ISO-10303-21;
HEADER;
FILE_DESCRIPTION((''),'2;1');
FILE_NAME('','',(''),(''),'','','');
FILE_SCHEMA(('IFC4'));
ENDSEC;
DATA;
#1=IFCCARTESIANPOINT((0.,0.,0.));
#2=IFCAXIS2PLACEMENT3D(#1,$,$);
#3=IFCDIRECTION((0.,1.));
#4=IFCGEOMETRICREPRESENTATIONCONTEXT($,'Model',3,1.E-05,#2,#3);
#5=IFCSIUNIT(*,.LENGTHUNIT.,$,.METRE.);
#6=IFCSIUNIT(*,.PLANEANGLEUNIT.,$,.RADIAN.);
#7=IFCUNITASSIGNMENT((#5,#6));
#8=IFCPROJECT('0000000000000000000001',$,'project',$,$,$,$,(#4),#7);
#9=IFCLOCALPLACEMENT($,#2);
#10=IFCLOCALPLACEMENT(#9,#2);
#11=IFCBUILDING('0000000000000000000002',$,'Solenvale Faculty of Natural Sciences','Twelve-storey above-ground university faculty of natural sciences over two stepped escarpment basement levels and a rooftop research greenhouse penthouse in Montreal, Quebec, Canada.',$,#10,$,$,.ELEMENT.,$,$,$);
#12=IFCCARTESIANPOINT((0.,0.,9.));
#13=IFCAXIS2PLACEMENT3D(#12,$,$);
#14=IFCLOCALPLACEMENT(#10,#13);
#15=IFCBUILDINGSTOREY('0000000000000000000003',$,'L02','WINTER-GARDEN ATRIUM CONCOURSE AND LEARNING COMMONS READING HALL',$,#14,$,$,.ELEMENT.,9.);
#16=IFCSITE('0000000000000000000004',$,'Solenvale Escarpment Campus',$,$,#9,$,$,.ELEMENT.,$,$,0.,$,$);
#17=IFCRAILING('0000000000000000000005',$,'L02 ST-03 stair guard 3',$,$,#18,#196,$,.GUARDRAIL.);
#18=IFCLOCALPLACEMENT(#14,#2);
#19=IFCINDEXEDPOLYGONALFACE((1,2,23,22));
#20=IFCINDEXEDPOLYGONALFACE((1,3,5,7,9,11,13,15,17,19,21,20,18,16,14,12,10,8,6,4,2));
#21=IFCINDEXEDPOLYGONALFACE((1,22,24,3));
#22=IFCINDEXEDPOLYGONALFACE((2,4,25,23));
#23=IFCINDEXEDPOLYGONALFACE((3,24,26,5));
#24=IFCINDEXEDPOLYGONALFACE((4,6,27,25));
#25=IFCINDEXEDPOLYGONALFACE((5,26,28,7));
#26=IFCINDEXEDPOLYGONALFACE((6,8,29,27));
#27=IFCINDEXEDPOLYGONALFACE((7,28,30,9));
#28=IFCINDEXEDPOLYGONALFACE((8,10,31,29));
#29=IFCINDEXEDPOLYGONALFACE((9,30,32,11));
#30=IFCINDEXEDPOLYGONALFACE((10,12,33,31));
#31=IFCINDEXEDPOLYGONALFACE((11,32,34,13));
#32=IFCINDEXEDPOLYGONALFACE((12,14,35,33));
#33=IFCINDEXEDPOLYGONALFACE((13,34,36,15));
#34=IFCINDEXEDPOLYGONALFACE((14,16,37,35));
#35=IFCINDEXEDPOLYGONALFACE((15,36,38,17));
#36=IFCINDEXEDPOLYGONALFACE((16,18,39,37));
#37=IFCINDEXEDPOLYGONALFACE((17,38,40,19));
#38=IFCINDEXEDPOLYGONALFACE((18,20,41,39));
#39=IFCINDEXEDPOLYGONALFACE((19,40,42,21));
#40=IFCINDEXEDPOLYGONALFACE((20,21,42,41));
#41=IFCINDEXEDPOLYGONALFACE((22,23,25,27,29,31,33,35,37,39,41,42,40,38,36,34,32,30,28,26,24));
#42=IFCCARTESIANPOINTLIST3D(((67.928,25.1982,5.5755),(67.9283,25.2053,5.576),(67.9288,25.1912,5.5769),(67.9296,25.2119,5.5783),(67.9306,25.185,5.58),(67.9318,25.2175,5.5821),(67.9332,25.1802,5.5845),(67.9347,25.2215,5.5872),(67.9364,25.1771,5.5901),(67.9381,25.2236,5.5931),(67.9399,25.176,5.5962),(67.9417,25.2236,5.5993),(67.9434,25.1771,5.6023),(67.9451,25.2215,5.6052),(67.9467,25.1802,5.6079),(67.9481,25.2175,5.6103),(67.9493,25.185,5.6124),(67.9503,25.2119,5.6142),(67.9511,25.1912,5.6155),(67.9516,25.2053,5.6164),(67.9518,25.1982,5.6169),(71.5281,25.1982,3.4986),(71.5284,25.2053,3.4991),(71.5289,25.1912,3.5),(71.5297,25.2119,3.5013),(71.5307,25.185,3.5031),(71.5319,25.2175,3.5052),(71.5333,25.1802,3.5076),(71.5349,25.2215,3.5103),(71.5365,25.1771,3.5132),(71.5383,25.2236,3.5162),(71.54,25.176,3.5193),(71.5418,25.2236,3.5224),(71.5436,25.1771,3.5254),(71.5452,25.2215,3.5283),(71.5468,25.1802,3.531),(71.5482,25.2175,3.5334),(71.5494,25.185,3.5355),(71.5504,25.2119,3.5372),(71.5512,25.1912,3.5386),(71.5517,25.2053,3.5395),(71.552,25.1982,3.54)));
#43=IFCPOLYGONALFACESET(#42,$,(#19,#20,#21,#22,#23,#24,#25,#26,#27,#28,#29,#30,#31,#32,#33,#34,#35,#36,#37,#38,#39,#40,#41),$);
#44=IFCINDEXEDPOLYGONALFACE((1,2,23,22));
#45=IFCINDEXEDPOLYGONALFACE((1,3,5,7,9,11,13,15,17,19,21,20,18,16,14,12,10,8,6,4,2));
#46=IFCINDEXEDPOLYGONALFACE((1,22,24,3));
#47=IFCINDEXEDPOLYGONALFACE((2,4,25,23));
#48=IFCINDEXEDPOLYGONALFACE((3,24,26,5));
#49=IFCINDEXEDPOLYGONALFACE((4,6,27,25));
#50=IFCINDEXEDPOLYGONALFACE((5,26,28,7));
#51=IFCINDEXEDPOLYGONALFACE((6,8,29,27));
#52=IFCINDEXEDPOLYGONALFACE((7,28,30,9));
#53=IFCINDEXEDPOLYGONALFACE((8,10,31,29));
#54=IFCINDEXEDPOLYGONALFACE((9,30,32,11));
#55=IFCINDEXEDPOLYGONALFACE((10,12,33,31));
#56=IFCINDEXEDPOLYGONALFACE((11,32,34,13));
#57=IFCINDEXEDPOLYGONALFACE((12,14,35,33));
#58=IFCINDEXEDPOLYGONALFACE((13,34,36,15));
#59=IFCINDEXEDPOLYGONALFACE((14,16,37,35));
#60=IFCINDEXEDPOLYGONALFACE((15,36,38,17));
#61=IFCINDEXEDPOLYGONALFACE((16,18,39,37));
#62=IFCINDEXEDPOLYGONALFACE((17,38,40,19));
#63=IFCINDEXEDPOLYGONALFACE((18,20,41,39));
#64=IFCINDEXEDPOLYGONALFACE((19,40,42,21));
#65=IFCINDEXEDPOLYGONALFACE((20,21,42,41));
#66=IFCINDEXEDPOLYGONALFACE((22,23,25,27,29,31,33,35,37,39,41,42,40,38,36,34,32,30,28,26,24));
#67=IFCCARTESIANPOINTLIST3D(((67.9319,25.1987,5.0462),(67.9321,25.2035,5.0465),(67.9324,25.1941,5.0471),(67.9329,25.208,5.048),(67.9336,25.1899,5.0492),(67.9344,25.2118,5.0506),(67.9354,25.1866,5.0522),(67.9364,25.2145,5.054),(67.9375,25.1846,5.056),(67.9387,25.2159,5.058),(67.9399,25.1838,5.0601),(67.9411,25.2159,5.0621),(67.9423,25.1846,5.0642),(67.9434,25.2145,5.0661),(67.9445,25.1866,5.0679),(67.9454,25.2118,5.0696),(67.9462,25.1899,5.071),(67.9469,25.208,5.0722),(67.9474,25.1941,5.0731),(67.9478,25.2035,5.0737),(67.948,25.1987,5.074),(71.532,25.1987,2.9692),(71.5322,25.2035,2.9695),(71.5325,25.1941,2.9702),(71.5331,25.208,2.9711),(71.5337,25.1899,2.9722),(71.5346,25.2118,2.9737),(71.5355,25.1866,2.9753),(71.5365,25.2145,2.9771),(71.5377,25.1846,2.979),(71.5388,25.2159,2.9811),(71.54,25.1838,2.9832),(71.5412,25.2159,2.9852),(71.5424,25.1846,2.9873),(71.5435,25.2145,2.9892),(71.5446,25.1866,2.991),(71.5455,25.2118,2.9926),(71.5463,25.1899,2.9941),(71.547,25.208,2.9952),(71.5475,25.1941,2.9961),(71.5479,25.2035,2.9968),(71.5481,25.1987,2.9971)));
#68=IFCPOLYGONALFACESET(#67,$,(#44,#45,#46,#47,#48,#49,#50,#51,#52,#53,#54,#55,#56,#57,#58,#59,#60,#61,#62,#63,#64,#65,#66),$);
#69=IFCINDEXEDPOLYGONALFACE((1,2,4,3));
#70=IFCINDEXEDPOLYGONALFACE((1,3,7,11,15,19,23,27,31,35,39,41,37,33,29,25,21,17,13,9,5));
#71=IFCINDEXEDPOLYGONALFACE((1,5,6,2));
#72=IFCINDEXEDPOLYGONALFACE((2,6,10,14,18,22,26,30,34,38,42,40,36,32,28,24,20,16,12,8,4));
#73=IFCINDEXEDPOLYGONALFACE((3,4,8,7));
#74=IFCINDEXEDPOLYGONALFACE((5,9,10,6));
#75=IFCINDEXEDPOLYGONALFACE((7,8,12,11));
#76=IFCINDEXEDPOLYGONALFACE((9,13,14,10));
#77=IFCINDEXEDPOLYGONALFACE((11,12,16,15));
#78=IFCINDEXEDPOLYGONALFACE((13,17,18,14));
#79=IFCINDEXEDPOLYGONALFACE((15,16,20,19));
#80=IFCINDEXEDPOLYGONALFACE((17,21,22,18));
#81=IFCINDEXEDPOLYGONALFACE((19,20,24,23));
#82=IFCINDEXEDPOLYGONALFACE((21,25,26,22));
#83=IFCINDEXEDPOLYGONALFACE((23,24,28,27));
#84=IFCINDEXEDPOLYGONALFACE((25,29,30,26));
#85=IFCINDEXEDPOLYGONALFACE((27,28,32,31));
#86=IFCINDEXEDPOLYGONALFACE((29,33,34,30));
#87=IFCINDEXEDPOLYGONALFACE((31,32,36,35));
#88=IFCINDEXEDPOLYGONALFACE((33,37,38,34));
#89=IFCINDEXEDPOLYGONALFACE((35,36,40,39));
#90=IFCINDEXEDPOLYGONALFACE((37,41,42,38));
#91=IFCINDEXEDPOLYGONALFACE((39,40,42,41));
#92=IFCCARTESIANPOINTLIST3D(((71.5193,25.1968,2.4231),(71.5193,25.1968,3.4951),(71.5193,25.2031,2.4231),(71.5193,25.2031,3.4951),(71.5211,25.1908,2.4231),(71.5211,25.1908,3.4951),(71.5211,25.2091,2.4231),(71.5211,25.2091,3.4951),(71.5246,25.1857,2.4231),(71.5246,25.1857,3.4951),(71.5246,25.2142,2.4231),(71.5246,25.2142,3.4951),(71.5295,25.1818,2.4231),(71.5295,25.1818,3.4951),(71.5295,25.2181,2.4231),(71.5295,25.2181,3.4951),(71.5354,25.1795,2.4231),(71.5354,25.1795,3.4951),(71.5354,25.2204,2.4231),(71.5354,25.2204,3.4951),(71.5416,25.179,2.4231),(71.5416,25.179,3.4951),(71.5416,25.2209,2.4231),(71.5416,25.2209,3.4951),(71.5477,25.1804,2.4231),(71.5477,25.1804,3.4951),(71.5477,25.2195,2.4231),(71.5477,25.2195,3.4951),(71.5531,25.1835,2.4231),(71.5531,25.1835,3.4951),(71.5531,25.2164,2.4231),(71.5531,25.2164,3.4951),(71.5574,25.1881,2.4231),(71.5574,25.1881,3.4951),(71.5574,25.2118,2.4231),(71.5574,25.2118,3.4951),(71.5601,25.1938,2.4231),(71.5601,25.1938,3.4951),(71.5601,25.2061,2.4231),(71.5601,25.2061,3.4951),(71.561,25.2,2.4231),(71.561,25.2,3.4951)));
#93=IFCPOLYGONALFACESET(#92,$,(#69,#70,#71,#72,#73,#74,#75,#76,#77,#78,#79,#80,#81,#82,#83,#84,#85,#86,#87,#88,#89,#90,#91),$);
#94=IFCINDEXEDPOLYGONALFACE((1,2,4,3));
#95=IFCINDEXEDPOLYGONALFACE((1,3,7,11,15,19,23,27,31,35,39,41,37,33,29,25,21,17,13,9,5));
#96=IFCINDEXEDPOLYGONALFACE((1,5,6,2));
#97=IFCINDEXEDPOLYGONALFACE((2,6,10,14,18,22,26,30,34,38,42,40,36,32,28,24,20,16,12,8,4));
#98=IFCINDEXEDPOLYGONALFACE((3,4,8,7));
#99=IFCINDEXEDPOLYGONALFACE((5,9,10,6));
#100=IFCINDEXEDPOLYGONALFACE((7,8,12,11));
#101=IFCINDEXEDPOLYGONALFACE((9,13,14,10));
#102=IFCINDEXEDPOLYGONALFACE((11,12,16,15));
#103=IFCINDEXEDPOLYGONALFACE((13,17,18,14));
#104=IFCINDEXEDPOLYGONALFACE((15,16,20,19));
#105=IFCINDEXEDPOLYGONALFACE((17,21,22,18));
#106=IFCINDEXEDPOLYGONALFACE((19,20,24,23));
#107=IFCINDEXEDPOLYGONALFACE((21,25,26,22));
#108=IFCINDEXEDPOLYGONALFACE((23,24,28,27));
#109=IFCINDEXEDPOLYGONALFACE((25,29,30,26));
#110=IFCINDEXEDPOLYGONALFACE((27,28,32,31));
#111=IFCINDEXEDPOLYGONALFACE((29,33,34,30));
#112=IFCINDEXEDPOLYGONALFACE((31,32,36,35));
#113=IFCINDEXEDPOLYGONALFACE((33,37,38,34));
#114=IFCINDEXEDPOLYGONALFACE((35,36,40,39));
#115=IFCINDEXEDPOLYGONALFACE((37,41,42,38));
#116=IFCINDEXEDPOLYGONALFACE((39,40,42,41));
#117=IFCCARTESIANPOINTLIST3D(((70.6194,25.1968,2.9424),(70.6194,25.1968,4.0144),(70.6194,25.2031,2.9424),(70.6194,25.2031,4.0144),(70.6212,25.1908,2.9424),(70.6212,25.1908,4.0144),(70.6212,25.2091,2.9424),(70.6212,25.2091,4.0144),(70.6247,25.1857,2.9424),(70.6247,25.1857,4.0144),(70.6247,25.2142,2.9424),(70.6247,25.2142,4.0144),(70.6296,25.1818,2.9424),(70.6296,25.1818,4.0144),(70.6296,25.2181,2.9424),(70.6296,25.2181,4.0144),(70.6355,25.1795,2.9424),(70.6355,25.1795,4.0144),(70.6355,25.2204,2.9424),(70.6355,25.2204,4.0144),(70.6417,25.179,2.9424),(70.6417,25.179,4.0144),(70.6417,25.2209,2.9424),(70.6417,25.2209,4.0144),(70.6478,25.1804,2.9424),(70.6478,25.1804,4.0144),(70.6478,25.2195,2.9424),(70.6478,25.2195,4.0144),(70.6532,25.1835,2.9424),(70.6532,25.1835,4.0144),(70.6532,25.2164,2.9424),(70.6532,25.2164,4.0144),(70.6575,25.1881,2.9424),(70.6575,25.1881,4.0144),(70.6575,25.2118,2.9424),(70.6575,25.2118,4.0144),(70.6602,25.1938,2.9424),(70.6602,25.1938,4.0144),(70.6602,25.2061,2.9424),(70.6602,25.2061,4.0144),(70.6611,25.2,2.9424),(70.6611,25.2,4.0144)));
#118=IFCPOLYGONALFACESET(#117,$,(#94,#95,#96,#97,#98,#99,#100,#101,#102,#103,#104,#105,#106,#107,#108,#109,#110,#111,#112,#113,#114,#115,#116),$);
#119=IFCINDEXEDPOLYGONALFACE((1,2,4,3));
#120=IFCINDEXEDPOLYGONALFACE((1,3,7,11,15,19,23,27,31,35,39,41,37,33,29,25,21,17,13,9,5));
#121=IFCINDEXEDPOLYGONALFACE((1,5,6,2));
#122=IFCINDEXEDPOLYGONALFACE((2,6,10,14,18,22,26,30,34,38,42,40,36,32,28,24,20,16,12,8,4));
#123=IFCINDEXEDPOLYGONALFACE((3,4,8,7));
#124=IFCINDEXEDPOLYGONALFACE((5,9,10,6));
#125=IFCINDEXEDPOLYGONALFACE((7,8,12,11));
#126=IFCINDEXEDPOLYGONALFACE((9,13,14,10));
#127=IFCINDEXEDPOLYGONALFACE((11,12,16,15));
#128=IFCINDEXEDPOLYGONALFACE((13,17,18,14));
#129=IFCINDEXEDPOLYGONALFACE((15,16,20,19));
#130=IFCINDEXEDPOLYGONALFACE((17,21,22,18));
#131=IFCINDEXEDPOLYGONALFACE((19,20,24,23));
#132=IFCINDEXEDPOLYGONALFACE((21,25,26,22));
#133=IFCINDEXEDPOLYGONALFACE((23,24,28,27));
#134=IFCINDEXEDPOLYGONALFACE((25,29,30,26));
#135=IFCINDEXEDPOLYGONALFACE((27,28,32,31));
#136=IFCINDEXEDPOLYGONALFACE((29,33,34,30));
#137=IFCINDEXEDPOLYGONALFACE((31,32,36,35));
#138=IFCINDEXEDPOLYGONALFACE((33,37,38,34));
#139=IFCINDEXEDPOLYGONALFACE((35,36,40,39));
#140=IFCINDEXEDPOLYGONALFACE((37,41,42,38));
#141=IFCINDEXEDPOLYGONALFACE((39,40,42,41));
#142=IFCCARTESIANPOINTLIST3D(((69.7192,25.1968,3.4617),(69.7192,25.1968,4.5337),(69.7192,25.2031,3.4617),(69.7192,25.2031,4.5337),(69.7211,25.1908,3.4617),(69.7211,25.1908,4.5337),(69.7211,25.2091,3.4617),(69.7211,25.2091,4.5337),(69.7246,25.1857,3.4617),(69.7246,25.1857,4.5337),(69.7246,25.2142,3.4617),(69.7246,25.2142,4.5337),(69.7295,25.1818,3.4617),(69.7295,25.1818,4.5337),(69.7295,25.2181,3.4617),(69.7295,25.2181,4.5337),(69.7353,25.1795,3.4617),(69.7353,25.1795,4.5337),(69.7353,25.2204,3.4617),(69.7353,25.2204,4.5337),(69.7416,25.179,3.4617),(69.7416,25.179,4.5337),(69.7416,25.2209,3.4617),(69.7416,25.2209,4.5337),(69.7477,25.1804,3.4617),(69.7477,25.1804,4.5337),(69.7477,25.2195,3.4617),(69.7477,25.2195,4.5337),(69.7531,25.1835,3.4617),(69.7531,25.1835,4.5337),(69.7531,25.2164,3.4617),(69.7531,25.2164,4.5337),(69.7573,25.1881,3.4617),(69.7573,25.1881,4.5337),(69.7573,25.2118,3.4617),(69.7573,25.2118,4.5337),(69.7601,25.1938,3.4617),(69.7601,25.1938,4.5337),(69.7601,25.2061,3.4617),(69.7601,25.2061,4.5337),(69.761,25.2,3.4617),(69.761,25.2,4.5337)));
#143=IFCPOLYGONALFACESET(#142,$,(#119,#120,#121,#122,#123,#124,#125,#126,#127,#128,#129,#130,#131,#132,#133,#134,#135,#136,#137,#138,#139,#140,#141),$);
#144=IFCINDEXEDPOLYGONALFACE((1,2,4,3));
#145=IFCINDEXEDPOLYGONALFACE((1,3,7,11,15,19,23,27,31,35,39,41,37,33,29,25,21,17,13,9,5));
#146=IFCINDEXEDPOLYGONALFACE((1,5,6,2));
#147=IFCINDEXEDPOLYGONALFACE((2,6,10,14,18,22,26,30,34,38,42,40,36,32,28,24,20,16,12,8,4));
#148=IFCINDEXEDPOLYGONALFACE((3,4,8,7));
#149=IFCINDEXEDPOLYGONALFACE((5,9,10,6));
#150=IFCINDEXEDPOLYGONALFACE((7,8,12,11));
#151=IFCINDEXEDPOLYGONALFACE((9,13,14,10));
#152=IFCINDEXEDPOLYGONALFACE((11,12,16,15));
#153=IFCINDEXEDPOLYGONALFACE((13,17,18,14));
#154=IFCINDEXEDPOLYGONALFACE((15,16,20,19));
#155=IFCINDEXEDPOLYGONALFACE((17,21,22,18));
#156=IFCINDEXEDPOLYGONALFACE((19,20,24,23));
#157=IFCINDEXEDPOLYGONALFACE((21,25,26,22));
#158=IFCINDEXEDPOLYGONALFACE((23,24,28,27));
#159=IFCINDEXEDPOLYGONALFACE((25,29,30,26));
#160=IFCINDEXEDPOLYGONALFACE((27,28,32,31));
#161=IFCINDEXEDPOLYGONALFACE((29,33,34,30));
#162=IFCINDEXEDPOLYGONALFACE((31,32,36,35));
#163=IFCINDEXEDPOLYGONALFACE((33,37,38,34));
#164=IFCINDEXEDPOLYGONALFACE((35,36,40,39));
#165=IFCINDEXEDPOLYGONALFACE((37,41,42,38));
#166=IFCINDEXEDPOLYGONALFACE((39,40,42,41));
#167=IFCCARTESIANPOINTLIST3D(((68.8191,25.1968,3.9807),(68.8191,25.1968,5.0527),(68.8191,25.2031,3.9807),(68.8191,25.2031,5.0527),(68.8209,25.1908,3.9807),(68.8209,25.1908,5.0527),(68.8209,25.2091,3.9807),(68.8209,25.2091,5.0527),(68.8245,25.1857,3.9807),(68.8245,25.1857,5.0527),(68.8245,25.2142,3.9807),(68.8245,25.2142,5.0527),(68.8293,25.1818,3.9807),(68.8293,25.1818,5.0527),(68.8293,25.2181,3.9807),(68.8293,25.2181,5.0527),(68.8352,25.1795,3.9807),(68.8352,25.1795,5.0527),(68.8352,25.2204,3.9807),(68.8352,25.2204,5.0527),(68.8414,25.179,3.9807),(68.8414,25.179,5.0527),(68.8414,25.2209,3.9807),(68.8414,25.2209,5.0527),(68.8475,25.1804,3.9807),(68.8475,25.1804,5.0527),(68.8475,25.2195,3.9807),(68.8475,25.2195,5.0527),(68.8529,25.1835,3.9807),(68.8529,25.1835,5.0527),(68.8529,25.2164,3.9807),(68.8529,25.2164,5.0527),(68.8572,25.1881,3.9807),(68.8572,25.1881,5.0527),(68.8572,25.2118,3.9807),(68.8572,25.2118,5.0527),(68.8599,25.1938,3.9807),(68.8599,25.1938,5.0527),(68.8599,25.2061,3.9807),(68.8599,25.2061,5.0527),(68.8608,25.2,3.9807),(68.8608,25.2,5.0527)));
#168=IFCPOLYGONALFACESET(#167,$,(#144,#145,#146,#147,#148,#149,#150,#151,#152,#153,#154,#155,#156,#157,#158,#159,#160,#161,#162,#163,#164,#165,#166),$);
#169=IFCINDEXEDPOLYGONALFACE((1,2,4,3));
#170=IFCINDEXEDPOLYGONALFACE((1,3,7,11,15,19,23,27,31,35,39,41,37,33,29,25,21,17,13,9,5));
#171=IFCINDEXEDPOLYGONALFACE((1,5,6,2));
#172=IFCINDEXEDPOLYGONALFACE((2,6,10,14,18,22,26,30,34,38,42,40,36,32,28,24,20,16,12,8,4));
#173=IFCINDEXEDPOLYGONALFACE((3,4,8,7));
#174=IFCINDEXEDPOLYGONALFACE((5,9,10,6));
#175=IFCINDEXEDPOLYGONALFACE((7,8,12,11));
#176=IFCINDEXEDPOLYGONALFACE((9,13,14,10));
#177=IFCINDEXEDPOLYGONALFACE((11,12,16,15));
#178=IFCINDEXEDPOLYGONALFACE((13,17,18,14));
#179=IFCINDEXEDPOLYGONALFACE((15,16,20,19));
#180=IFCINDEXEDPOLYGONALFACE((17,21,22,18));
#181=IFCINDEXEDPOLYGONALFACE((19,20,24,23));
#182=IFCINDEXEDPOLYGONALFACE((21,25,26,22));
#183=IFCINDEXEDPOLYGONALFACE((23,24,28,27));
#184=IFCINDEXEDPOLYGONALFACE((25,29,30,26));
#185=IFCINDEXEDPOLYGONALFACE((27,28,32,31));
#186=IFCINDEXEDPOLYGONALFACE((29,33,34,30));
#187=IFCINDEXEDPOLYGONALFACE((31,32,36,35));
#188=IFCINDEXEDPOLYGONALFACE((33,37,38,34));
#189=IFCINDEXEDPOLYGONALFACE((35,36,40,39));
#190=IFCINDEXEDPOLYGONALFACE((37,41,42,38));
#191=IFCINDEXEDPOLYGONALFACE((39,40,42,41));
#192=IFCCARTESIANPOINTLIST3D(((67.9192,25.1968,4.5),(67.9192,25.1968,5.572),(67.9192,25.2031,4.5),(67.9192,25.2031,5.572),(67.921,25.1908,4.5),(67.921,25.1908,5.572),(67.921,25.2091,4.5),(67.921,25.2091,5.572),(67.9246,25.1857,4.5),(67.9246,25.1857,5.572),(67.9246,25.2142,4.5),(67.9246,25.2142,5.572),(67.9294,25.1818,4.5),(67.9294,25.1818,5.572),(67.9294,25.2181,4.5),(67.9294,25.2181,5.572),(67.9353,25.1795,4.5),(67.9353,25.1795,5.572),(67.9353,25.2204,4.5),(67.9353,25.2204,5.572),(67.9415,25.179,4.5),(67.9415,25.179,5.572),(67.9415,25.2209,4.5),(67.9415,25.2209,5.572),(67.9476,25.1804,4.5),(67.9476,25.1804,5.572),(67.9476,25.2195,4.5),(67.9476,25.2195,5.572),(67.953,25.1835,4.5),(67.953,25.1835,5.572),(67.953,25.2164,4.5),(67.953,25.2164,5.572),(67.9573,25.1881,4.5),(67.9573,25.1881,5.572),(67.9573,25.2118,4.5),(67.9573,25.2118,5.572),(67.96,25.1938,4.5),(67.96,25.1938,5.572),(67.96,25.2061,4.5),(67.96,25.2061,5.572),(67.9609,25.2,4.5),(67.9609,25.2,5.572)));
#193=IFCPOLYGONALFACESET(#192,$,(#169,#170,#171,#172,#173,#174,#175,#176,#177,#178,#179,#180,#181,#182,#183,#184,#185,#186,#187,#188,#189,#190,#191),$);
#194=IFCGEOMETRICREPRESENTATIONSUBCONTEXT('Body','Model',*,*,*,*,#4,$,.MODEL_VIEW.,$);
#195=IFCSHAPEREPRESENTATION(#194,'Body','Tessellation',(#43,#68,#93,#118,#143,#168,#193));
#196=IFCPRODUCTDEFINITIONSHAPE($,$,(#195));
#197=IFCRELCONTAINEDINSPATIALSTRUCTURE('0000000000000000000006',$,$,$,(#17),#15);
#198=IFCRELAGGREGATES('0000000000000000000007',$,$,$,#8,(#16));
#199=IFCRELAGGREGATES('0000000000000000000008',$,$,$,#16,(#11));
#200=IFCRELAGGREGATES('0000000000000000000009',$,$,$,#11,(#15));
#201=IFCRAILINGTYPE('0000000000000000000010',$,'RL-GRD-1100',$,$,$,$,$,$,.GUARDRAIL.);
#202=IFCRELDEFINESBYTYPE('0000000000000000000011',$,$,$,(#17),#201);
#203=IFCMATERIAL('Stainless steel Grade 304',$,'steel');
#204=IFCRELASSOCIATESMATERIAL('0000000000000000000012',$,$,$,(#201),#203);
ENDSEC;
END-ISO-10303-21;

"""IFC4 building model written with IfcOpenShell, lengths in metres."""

from ifc_helpers import new_model, si_unit, direction, frame, origin, origin_2d, place, context, subcontext, project, spatial, circle, extrude, material, type_object, element, save


model = new_model("IFC4")

# Units and contexts
model_context = context("Model", 3, precision=1e-05, world=origin(), true_north=direction((0.0, 1.0)))
body_context = subcontext(model_context, "Body", "Model", "MODEL_VIEW")
ifc_project = project(units=[si_unit("LENGTHUNIT", "METRE"), si_unit("PLANEANGLEUNIT", "RADIAN")], contexts=[model_context])

# Site, building, storey
site_placement = place(None, origin())
site = spatial("IfcSite", under=ifc_project, at=site_placement, Name="Solenvale Escarpment Campus", CompositionType="ELEMENT", RefElevation=0.0)
building_placement = place(site_placement, origin())
building = spatial("IfcBuilding", under=site, at=building_placement, Name="Solenvale Faculty of Natural Sciences", Description="Twelve-storey above-ground university faculty of natural sciences over two stepped escarpment basement levels and a rooftop research greenhouse penthouse in Montreal, Quebec, Canada.", CompositionType="ELEMENT")
storey_placement = place(building_placement, frame((0.0, 0.0, 9.0)))
storey = spatial("IfcBuildingStorey", under=building, at=storey_placement, Name="L02", Description="WINTER-GARDEN ATRIUM CONCOURSE AND LEARNING COMMONS READING HALL", CompositionType="ELEMENT", Elevation=9.0)

# Railing
ifc_material_1 = material(Name="Stainless steel Grade 304", Category="steel")
railing_type_1 = type_object("IfcRailingType", Name="RL-GRD-1100", PredefinedType="GUARDRAIL", material=ifc_material_1)
railing_1_placement = place(storey_placement, frame((71.54, 25.2, 2.4231)))
element("IfcRailing", 1, at=railing_1_placement, inside=storey, type_object=railing_type_1, Name="L02 ST-03 stair guard 3", PredefinedType="GUARDRAIL", context=body_context, shape_type="SweptSolid", body=[
    extrude(circle(Radius=0.0239, at=origin_2d()), frame((0.0, 0.0, 1.0962), z_axis=(-0.866193, 0.0, 0.499709), x_axis=(0.0, -1.0, 0.0)), (0.0, 0.0, 1.0), 4.1562),
    extrude(circle(Radius=0.0161, at=origin_2d()), frame((0.0, 0.0, 0.5601), z_axis=(-0.866193, 0.0, 0.499709), x_axis=(0.0, -1.0, 0.0)), (0.0, 0.0, 1.0), 4.1562),
    extrude(circle(Radius=0.021, at=origin_2d()), origin(), (0.0, 0.0, 1.0), 1.072),
    extrude(circle(Radius=0.021, at=origin_2d()), frame((-0.8999, 0.0, 0.5193)), (0.0, 0.0, 1.0), 1.072),
    extrude(circle(Radius=0.021, at=origin_2d()), frame((-1.8, 0.0, 1.0386)), (0.0, 0.0, 1.0), 1.072),
    extrude(circle(Radius=0.021, at=origin_2d()), frame((-2.7002, 0.0, 1.5576)), (0.0, 0.0, 1.0), 1.072),
    extrude(circle(Radius=0.021, at=origin_2d()), frame((-3.6001, 0.0, 2.0769)), (0.0, 0.0, 1.0), 1.072),
])

save(model, "model.ifc")
